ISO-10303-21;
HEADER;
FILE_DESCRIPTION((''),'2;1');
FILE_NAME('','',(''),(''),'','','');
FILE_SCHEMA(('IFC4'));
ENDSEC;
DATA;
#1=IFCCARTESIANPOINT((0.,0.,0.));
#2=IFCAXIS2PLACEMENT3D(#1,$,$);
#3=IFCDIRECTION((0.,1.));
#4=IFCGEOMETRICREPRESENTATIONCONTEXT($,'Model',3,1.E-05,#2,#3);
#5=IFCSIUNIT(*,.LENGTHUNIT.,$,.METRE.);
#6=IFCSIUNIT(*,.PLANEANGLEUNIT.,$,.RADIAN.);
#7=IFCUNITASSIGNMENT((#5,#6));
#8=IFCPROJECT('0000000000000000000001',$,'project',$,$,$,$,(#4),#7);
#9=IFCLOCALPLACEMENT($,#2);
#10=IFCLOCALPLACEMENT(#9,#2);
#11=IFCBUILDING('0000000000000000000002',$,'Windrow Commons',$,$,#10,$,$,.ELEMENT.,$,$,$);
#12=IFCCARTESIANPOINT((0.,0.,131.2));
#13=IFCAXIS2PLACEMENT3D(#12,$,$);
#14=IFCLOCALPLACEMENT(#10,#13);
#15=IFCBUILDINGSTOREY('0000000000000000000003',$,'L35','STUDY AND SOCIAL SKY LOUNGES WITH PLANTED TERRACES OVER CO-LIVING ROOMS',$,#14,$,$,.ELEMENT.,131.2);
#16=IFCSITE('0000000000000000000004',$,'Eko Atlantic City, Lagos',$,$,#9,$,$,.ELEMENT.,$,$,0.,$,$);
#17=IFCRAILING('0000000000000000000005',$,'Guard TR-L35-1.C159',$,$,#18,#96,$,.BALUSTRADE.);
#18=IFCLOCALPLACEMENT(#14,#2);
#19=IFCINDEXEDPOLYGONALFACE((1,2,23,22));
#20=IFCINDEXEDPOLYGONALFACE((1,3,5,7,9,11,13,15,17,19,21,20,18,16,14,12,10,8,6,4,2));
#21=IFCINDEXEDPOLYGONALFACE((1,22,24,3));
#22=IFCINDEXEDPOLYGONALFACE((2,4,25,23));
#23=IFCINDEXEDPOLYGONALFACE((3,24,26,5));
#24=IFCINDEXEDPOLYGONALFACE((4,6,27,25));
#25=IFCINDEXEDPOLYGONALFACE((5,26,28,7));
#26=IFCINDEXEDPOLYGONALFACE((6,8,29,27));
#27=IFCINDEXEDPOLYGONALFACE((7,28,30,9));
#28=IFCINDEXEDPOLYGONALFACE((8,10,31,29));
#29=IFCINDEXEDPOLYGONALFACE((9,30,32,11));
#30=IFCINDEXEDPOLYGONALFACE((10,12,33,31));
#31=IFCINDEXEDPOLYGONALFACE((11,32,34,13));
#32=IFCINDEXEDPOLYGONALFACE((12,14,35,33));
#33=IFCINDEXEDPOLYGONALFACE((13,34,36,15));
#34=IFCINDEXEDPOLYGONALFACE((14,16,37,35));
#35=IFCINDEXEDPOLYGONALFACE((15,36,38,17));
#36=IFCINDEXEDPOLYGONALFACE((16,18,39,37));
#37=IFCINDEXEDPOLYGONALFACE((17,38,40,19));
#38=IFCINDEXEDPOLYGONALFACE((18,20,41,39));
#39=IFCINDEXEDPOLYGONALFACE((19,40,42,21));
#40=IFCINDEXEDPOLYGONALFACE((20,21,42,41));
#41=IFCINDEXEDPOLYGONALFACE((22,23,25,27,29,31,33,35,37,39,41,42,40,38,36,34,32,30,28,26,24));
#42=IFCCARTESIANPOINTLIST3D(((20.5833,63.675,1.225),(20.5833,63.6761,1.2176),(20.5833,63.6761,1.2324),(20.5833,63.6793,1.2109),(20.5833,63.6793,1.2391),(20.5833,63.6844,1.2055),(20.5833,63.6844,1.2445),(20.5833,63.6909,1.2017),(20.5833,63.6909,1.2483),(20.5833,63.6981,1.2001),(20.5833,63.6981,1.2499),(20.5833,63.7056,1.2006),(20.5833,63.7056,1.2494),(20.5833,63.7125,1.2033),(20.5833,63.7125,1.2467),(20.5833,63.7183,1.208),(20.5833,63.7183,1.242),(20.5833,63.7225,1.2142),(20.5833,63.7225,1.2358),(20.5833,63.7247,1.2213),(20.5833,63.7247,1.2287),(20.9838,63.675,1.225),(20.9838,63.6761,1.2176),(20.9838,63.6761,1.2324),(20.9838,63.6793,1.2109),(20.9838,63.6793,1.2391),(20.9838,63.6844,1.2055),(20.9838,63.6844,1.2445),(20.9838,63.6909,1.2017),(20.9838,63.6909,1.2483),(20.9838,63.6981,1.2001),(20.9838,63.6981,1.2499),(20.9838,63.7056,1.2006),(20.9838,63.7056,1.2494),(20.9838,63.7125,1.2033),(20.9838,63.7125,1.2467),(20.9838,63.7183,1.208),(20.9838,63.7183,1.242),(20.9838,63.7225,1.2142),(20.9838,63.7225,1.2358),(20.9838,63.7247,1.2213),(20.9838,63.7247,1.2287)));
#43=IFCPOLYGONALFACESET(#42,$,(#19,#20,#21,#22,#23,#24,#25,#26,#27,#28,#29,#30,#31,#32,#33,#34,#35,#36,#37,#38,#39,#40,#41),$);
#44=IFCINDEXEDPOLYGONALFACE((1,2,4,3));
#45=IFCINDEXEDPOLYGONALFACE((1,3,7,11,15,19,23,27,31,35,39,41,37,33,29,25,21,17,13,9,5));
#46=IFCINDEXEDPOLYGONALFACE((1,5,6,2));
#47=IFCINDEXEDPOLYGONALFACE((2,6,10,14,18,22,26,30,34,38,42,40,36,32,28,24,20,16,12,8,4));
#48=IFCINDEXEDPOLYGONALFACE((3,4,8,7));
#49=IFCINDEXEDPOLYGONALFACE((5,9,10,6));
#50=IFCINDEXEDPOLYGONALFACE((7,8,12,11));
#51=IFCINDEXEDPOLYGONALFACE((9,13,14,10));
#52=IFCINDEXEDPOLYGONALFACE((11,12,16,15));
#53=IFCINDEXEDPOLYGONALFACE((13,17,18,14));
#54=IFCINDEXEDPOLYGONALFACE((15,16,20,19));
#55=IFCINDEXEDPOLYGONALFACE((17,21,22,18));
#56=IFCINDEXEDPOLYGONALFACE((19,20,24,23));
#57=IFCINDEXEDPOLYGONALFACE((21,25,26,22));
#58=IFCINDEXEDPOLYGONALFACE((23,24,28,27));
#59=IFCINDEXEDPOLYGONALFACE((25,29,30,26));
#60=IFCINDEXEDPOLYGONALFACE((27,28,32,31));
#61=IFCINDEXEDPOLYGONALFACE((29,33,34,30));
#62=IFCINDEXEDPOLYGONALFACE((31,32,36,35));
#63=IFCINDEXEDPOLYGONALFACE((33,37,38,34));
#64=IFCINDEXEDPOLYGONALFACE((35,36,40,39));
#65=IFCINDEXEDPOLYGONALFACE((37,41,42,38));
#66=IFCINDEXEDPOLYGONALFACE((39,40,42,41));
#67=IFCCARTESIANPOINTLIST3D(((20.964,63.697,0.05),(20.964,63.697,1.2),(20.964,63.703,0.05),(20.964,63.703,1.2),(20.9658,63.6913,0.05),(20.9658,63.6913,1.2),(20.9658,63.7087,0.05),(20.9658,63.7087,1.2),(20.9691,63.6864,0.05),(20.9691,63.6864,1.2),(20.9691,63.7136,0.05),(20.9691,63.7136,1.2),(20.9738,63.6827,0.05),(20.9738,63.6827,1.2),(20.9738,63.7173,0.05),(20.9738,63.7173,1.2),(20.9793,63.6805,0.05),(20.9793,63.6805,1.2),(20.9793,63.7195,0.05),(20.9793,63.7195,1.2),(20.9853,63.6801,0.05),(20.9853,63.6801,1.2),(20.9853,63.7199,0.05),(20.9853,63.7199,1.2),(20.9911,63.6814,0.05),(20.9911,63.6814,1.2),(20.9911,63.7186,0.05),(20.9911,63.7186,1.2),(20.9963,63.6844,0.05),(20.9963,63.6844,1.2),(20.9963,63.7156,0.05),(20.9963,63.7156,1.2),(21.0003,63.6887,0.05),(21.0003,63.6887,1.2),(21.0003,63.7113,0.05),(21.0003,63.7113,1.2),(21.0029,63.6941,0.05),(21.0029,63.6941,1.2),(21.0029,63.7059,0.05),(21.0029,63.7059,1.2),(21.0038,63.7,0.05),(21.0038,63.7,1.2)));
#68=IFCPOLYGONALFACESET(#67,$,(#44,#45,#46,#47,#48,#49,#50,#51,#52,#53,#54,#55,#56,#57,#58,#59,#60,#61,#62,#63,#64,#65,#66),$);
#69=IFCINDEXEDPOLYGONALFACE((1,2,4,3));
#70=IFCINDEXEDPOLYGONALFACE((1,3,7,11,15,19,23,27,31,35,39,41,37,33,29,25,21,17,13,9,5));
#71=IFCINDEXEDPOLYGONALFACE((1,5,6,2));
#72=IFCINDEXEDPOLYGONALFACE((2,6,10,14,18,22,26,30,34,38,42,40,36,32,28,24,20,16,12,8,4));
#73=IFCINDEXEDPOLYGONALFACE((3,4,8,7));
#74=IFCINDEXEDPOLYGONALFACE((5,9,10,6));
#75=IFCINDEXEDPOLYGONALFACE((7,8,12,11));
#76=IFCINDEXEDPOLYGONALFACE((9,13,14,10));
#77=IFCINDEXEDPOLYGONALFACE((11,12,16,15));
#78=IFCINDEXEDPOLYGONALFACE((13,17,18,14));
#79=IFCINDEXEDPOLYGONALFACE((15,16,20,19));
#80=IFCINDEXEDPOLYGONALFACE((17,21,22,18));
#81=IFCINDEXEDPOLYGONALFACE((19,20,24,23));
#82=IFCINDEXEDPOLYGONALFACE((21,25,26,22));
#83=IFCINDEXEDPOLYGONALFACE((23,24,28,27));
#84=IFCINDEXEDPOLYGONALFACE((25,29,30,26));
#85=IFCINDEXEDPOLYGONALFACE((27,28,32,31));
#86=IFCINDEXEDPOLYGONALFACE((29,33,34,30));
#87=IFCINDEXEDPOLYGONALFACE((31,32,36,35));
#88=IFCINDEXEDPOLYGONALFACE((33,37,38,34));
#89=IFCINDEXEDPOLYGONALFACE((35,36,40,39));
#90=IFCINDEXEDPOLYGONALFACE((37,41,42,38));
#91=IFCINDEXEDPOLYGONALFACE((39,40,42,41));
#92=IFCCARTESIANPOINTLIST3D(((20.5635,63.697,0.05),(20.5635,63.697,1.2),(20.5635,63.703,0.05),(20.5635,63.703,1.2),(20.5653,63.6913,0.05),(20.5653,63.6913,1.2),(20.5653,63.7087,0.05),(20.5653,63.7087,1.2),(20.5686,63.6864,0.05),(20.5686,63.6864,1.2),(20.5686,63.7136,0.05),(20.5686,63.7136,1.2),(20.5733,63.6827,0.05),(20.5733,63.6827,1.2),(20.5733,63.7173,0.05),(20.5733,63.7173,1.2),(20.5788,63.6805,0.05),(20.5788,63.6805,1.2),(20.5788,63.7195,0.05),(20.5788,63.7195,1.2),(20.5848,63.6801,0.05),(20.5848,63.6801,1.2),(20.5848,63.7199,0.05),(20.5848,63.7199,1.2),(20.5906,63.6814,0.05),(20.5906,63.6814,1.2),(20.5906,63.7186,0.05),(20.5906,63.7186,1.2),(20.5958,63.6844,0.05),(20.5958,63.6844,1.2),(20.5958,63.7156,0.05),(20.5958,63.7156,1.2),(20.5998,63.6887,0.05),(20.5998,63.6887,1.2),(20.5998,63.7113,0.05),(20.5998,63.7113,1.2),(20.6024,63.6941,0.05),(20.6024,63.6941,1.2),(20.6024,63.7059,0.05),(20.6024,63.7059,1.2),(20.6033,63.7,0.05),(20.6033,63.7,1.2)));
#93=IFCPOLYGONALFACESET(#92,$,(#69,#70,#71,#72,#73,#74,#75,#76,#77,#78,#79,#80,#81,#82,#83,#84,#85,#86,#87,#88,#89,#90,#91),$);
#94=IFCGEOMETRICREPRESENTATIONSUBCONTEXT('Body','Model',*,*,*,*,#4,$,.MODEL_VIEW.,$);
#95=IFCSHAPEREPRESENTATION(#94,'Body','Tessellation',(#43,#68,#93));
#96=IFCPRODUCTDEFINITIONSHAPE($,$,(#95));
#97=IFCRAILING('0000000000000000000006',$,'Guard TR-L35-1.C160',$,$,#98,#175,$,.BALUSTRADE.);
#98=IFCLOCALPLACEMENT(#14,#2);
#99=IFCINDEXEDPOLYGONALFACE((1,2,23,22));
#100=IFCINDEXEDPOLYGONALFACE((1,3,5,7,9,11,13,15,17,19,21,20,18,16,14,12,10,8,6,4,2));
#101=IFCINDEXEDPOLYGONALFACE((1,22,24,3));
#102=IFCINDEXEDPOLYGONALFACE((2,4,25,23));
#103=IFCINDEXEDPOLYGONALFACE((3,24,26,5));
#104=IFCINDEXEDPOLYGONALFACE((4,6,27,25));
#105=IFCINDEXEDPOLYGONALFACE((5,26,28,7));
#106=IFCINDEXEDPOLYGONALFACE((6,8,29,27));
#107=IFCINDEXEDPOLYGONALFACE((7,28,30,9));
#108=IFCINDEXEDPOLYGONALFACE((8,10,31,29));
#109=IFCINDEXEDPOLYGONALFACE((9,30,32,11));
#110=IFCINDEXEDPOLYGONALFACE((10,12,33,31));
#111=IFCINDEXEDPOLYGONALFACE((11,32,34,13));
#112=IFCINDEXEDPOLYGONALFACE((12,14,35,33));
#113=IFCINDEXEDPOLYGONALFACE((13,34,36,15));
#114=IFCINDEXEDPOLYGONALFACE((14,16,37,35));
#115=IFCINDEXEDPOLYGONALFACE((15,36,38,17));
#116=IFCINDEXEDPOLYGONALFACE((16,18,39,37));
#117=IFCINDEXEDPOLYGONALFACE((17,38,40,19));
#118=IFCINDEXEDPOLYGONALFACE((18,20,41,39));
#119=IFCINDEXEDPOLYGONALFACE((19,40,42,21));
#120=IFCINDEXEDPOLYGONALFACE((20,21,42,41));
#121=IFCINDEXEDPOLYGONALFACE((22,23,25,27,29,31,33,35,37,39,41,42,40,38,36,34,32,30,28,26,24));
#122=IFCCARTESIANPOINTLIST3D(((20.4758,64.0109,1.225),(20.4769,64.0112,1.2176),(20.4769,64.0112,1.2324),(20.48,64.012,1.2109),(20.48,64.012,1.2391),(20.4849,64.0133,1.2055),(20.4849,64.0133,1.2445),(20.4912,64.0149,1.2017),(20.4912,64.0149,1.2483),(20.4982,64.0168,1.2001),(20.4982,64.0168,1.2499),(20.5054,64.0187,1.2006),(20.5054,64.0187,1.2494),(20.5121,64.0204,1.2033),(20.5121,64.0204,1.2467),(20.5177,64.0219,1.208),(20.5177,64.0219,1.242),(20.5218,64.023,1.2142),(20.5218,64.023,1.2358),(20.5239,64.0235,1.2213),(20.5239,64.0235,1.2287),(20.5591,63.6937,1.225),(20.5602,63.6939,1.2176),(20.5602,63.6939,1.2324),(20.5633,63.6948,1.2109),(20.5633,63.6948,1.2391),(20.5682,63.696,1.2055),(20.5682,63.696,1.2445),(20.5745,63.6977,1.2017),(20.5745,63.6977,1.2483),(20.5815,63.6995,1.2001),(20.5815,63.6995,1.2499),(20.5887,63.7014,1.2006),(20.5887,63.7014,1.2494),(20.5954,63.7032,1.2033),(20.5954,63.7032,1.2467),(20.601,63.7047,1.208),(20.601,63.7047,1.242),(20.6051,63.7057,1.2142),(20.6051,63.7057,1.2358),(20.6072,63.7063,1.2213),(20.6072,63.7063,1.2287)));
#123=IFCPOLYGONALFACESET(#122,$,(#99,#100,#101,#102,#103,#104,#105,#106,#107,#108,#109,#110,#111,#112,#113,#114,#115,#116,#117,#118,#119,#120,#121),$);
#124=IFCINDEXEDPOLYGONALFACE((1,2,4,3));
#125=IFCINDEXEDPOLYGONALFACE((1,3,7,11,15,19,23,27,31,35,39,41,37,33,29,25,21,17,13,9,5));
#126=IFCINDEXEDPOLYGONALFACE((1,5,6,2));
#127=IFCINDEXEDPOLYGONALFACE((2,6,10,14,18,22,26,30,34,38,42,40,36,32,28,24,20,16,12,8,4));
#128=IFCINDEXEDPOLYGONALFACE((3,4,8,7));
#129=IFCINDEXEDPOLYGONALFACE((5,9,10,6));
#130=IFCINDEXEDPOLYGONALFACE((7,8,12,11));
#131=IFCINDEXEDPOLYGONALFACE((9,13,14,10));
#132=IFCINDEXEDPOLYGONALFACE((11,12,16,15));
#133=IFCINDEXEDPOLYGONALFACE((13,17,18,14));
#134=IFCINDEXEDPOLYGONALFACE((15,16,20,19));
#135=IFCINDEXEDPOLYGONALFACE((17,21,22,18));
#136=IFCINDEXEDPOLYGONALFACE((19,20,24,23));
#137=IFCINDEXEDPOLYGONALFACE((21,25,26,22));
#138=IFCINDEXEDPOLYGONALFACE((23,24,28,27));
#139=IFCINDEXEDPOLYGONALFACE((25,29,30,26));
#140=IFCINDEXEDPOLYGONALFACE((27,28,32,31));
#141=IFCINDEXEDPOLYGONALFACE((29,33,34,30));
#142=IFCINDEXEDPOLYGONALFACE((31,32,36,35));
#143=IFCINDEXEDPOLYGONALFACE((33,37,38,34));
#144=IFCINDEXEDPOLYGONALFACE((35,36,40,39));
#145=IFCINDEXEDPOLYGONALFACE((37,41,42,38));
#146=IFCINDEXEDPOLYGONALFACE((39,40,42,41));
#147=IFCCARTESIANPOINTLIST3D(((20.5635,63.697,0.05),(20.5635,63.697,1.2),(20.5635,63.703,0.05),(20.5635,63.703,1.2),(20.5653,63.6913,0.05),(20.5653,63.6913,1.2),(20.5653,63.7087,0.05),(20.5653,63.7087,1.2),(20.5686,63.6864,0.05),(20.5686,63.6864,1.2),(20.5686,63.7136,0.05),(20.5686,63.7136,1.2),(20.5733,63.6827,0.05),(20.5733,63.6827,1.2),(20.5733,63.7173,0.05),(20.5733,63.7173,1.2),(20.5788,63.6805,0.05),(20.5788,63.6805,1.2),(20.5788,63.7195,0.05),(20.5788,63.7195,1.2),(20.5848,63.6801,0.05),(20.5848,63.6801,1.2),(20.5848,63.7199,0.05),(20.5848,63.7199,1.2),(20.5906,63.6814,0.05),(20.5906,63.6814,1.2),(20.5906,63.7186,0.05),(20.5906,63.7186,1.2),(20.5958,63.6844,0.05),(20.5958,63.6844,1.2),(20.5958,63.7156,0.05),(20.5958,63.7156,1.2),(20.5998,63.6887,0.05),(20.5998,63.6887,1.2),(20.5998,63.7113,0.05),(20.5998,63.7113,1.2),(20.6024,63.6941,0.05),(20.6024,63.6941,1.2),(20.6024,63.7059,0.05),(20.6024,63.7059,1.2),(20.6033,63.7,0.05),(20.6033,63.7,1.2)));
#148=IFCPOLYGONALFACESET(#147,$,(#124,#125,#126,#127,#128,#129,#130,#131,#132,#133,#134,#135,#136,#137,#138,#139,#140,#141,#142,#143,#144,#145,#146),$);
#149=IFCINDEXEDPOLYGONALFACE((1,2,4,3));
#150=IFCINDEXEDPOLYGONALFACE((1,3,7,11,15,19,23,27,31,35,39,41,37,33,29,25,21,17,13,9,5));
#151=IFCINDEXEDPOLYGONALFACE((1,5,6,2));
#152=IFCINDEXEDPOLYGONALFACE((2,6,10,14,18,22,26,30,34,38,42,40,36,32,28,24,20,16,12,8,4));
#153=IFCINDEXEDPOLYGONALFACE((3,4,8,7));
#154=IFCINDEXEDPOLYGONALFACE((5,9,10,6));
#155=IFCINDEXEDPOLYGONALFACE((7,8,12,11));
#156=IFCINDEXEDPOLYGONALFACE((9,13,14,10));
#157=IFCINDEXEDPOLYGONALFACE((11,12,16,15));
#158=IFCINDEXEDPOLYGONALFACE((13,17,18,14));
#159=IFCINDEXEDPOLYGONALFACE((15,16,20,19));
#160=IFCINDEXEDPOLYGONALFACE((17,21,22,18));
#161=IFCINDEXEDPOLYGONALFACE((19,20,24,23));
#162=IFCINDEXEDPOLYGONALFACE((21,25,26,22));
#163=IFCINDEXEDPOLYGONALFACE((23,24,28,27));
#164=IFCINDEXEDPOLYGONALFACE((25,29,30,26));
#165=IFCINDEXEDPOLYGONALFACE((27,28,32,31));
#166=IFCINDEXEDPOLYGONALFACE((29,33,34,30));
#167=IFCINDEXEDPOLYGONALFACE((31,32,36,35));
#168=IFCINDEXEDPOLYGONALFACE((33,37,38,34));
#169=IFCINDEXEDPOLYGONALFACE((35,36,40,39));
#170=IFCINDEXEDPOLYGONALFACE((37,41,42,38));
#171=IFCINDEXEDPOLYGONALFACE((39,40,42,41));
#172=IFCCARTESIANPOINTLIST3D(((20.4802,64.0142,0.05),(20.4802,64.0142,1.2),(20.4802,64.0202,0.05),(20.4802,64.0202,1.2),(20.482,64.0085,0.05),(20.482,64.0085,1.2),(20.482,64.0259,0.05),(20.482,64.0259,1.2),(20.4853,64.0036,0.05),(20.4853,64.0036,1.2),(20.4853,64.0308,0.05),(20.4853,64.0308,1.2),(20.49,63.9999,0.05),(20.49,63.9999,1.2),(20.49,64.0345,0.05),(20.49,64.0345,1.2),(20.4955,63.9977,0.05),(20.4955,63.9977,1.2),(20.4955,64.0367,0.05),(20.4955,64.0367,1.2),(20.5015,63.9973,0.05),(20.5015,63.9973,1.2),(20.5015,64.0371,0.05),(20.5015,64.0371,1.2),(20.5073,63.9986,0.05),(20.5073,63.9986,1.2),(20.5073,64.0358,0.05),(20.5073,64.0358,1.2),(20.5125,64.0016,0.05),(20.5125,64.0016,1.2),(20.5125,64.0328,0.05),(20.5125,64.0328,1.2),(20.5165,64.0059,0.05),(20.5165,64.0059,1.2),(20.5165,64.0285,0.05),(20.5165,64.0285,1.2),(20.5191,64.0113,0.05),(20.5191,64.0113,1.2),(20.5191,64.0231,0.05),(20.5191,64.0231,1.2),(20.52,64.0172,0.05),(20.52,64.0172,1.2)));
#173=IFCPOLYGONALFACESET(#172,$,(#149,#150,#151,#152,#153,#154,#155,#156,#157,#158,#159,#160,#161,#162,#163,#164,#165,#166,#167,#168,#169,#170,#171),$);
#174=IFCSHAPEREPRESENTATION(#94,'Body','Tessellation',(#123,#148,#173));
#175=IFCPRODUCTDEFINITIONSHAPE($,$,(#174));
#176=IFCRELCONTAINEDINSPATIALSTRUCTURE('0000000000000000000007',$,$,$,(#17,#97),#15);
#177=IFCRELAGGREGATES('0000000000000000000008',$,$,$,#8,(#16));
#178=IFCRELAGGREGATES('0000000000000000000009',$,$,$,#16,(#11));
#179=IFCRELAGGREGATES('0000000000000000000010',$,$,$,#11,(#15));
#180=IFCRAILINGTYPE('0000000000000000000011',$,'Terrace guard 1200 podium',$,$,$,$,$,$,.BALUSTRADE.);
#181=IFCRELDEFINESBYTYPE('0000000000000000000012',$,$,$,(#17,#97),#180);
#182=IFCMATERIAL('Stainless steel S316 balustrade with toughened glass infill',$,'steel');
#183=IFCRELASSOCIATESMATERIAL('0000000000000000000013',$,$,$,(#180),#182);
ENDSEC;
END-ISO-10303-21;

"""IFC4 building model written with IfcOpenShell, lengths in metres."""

from ifc_helpers import new_model, si_unit, direction, frame, origin, origin_2d, place, context, subcontext, project, spatial, circle, extrude, material, type_object, element, save


model = new_model("IFC4")

# Units and contexts
model_context = context("Model", 3, precision=1e-05, world=origin(), true_north=direction((0.0, 1.0)))
body_context = subcontext(model_context, "Body", "Model", "MODEL_VIEW")
ifc_project = project(units=[si_unit("LENGTHUNIT", "METRE"), si_unit("PLANEANGLEUNIT", "RADIAN")], contexts=[model_context])

# Site, building, storey
site_placement = place(None, origin())
site = spatial("IfcSite", under=ifc_project, at=site_placement, Name="Eko Atlantic City, Lagos", CompositionType="ELEMENT", RefElevation=0.0)
building_placement = place(site_placement, origin())
building = spatial("IfcBuilding", under=site, at=building_placement, Name="Windrow Commons", CompositionType="ELEMENT")
storey_placement = place(building_placement, frame((0.0, 0.0, 131.2)))
storey = spatial("IfcBuildingStorey", under=building, at=storey_placement, Name="L35", Description="STUDY AND SOCIAL SKY LOUNGES WITH PLANTED TERRACES OVER CO-LIVING ROOMS", CompositionType="ELEMENT", Elevation=131.2)

# Railings
ifc_material_1 = material(Name="Stainless steel S316 balustrade with toughened glass infill", Category="steel")
railing_type = type_object("IfcRailingType", Name="Terrace guard 1200 podium", PredefinedType="BALUSTRADE", material=ifc_material_1)
railing_1_placement = place(storey_placement, frame((20.9838, 63.7, 0.05)))
element("IfcRailing", 1, at=railing_1_placement, inside=storey, type_object=railing_type, Name="Guard TR-L35-1.C159", PredefinedType="BALUSTRADE", context=body_context, shape_type="SweptSolid", body=[
    extrude(circle(Radius=0.025, at=origin_2d()), frame((0.0, 0.0, 1.175), z_axis=(-1.0, 0.0, 0.0), x_axis=(0.0, -1.0, 0.0)), (0.0, 0.0, 1.0), 0.4005),
    extrude(circle(Radius=0.02, at=origin_2d()), origin(), (0.0, 0.0, 1.0), 1.15),
    extrude(circle(Radius=0.02, at=origin_2d()), frame((-0.4005, 0.0, 0.0)), (0.0, 0.0, 1.0), 1.15),
])
railing_2_placement = place(storey_placement, frame((20.5833, 63.7, 0.05)))
element("IfcRailing", 2, at=railing_2_placement, inside=storey, type_object=railing_type, Name="Guard TR-L35-1.C160", PredefinedType="BALUSTRADE", context=body_context, shape_type="SweptSolid", body=[
    extrude(circle(Radius=0.025, at=origin_2d()), frame((0.0, 0.0, 1.175), z_axis=(-0.253998, 0.967205, 0.0), x_axis=(-0.967205, -0.253998, 0.0)), (0.0, 0.0, 1.0), 0.328),
    extrude(circle(Radius=0.02, at=origin_2d()), origin(), (0.0, 0.0, 1.0), 1.15),
    extrude(circle(Radius=0.02, at=origin_2d()), frame((-0.0833, 0.3172, 0.0)), (0.0, 0.0, 1.0), 1.15),
])

save(model, "model.ifc")
